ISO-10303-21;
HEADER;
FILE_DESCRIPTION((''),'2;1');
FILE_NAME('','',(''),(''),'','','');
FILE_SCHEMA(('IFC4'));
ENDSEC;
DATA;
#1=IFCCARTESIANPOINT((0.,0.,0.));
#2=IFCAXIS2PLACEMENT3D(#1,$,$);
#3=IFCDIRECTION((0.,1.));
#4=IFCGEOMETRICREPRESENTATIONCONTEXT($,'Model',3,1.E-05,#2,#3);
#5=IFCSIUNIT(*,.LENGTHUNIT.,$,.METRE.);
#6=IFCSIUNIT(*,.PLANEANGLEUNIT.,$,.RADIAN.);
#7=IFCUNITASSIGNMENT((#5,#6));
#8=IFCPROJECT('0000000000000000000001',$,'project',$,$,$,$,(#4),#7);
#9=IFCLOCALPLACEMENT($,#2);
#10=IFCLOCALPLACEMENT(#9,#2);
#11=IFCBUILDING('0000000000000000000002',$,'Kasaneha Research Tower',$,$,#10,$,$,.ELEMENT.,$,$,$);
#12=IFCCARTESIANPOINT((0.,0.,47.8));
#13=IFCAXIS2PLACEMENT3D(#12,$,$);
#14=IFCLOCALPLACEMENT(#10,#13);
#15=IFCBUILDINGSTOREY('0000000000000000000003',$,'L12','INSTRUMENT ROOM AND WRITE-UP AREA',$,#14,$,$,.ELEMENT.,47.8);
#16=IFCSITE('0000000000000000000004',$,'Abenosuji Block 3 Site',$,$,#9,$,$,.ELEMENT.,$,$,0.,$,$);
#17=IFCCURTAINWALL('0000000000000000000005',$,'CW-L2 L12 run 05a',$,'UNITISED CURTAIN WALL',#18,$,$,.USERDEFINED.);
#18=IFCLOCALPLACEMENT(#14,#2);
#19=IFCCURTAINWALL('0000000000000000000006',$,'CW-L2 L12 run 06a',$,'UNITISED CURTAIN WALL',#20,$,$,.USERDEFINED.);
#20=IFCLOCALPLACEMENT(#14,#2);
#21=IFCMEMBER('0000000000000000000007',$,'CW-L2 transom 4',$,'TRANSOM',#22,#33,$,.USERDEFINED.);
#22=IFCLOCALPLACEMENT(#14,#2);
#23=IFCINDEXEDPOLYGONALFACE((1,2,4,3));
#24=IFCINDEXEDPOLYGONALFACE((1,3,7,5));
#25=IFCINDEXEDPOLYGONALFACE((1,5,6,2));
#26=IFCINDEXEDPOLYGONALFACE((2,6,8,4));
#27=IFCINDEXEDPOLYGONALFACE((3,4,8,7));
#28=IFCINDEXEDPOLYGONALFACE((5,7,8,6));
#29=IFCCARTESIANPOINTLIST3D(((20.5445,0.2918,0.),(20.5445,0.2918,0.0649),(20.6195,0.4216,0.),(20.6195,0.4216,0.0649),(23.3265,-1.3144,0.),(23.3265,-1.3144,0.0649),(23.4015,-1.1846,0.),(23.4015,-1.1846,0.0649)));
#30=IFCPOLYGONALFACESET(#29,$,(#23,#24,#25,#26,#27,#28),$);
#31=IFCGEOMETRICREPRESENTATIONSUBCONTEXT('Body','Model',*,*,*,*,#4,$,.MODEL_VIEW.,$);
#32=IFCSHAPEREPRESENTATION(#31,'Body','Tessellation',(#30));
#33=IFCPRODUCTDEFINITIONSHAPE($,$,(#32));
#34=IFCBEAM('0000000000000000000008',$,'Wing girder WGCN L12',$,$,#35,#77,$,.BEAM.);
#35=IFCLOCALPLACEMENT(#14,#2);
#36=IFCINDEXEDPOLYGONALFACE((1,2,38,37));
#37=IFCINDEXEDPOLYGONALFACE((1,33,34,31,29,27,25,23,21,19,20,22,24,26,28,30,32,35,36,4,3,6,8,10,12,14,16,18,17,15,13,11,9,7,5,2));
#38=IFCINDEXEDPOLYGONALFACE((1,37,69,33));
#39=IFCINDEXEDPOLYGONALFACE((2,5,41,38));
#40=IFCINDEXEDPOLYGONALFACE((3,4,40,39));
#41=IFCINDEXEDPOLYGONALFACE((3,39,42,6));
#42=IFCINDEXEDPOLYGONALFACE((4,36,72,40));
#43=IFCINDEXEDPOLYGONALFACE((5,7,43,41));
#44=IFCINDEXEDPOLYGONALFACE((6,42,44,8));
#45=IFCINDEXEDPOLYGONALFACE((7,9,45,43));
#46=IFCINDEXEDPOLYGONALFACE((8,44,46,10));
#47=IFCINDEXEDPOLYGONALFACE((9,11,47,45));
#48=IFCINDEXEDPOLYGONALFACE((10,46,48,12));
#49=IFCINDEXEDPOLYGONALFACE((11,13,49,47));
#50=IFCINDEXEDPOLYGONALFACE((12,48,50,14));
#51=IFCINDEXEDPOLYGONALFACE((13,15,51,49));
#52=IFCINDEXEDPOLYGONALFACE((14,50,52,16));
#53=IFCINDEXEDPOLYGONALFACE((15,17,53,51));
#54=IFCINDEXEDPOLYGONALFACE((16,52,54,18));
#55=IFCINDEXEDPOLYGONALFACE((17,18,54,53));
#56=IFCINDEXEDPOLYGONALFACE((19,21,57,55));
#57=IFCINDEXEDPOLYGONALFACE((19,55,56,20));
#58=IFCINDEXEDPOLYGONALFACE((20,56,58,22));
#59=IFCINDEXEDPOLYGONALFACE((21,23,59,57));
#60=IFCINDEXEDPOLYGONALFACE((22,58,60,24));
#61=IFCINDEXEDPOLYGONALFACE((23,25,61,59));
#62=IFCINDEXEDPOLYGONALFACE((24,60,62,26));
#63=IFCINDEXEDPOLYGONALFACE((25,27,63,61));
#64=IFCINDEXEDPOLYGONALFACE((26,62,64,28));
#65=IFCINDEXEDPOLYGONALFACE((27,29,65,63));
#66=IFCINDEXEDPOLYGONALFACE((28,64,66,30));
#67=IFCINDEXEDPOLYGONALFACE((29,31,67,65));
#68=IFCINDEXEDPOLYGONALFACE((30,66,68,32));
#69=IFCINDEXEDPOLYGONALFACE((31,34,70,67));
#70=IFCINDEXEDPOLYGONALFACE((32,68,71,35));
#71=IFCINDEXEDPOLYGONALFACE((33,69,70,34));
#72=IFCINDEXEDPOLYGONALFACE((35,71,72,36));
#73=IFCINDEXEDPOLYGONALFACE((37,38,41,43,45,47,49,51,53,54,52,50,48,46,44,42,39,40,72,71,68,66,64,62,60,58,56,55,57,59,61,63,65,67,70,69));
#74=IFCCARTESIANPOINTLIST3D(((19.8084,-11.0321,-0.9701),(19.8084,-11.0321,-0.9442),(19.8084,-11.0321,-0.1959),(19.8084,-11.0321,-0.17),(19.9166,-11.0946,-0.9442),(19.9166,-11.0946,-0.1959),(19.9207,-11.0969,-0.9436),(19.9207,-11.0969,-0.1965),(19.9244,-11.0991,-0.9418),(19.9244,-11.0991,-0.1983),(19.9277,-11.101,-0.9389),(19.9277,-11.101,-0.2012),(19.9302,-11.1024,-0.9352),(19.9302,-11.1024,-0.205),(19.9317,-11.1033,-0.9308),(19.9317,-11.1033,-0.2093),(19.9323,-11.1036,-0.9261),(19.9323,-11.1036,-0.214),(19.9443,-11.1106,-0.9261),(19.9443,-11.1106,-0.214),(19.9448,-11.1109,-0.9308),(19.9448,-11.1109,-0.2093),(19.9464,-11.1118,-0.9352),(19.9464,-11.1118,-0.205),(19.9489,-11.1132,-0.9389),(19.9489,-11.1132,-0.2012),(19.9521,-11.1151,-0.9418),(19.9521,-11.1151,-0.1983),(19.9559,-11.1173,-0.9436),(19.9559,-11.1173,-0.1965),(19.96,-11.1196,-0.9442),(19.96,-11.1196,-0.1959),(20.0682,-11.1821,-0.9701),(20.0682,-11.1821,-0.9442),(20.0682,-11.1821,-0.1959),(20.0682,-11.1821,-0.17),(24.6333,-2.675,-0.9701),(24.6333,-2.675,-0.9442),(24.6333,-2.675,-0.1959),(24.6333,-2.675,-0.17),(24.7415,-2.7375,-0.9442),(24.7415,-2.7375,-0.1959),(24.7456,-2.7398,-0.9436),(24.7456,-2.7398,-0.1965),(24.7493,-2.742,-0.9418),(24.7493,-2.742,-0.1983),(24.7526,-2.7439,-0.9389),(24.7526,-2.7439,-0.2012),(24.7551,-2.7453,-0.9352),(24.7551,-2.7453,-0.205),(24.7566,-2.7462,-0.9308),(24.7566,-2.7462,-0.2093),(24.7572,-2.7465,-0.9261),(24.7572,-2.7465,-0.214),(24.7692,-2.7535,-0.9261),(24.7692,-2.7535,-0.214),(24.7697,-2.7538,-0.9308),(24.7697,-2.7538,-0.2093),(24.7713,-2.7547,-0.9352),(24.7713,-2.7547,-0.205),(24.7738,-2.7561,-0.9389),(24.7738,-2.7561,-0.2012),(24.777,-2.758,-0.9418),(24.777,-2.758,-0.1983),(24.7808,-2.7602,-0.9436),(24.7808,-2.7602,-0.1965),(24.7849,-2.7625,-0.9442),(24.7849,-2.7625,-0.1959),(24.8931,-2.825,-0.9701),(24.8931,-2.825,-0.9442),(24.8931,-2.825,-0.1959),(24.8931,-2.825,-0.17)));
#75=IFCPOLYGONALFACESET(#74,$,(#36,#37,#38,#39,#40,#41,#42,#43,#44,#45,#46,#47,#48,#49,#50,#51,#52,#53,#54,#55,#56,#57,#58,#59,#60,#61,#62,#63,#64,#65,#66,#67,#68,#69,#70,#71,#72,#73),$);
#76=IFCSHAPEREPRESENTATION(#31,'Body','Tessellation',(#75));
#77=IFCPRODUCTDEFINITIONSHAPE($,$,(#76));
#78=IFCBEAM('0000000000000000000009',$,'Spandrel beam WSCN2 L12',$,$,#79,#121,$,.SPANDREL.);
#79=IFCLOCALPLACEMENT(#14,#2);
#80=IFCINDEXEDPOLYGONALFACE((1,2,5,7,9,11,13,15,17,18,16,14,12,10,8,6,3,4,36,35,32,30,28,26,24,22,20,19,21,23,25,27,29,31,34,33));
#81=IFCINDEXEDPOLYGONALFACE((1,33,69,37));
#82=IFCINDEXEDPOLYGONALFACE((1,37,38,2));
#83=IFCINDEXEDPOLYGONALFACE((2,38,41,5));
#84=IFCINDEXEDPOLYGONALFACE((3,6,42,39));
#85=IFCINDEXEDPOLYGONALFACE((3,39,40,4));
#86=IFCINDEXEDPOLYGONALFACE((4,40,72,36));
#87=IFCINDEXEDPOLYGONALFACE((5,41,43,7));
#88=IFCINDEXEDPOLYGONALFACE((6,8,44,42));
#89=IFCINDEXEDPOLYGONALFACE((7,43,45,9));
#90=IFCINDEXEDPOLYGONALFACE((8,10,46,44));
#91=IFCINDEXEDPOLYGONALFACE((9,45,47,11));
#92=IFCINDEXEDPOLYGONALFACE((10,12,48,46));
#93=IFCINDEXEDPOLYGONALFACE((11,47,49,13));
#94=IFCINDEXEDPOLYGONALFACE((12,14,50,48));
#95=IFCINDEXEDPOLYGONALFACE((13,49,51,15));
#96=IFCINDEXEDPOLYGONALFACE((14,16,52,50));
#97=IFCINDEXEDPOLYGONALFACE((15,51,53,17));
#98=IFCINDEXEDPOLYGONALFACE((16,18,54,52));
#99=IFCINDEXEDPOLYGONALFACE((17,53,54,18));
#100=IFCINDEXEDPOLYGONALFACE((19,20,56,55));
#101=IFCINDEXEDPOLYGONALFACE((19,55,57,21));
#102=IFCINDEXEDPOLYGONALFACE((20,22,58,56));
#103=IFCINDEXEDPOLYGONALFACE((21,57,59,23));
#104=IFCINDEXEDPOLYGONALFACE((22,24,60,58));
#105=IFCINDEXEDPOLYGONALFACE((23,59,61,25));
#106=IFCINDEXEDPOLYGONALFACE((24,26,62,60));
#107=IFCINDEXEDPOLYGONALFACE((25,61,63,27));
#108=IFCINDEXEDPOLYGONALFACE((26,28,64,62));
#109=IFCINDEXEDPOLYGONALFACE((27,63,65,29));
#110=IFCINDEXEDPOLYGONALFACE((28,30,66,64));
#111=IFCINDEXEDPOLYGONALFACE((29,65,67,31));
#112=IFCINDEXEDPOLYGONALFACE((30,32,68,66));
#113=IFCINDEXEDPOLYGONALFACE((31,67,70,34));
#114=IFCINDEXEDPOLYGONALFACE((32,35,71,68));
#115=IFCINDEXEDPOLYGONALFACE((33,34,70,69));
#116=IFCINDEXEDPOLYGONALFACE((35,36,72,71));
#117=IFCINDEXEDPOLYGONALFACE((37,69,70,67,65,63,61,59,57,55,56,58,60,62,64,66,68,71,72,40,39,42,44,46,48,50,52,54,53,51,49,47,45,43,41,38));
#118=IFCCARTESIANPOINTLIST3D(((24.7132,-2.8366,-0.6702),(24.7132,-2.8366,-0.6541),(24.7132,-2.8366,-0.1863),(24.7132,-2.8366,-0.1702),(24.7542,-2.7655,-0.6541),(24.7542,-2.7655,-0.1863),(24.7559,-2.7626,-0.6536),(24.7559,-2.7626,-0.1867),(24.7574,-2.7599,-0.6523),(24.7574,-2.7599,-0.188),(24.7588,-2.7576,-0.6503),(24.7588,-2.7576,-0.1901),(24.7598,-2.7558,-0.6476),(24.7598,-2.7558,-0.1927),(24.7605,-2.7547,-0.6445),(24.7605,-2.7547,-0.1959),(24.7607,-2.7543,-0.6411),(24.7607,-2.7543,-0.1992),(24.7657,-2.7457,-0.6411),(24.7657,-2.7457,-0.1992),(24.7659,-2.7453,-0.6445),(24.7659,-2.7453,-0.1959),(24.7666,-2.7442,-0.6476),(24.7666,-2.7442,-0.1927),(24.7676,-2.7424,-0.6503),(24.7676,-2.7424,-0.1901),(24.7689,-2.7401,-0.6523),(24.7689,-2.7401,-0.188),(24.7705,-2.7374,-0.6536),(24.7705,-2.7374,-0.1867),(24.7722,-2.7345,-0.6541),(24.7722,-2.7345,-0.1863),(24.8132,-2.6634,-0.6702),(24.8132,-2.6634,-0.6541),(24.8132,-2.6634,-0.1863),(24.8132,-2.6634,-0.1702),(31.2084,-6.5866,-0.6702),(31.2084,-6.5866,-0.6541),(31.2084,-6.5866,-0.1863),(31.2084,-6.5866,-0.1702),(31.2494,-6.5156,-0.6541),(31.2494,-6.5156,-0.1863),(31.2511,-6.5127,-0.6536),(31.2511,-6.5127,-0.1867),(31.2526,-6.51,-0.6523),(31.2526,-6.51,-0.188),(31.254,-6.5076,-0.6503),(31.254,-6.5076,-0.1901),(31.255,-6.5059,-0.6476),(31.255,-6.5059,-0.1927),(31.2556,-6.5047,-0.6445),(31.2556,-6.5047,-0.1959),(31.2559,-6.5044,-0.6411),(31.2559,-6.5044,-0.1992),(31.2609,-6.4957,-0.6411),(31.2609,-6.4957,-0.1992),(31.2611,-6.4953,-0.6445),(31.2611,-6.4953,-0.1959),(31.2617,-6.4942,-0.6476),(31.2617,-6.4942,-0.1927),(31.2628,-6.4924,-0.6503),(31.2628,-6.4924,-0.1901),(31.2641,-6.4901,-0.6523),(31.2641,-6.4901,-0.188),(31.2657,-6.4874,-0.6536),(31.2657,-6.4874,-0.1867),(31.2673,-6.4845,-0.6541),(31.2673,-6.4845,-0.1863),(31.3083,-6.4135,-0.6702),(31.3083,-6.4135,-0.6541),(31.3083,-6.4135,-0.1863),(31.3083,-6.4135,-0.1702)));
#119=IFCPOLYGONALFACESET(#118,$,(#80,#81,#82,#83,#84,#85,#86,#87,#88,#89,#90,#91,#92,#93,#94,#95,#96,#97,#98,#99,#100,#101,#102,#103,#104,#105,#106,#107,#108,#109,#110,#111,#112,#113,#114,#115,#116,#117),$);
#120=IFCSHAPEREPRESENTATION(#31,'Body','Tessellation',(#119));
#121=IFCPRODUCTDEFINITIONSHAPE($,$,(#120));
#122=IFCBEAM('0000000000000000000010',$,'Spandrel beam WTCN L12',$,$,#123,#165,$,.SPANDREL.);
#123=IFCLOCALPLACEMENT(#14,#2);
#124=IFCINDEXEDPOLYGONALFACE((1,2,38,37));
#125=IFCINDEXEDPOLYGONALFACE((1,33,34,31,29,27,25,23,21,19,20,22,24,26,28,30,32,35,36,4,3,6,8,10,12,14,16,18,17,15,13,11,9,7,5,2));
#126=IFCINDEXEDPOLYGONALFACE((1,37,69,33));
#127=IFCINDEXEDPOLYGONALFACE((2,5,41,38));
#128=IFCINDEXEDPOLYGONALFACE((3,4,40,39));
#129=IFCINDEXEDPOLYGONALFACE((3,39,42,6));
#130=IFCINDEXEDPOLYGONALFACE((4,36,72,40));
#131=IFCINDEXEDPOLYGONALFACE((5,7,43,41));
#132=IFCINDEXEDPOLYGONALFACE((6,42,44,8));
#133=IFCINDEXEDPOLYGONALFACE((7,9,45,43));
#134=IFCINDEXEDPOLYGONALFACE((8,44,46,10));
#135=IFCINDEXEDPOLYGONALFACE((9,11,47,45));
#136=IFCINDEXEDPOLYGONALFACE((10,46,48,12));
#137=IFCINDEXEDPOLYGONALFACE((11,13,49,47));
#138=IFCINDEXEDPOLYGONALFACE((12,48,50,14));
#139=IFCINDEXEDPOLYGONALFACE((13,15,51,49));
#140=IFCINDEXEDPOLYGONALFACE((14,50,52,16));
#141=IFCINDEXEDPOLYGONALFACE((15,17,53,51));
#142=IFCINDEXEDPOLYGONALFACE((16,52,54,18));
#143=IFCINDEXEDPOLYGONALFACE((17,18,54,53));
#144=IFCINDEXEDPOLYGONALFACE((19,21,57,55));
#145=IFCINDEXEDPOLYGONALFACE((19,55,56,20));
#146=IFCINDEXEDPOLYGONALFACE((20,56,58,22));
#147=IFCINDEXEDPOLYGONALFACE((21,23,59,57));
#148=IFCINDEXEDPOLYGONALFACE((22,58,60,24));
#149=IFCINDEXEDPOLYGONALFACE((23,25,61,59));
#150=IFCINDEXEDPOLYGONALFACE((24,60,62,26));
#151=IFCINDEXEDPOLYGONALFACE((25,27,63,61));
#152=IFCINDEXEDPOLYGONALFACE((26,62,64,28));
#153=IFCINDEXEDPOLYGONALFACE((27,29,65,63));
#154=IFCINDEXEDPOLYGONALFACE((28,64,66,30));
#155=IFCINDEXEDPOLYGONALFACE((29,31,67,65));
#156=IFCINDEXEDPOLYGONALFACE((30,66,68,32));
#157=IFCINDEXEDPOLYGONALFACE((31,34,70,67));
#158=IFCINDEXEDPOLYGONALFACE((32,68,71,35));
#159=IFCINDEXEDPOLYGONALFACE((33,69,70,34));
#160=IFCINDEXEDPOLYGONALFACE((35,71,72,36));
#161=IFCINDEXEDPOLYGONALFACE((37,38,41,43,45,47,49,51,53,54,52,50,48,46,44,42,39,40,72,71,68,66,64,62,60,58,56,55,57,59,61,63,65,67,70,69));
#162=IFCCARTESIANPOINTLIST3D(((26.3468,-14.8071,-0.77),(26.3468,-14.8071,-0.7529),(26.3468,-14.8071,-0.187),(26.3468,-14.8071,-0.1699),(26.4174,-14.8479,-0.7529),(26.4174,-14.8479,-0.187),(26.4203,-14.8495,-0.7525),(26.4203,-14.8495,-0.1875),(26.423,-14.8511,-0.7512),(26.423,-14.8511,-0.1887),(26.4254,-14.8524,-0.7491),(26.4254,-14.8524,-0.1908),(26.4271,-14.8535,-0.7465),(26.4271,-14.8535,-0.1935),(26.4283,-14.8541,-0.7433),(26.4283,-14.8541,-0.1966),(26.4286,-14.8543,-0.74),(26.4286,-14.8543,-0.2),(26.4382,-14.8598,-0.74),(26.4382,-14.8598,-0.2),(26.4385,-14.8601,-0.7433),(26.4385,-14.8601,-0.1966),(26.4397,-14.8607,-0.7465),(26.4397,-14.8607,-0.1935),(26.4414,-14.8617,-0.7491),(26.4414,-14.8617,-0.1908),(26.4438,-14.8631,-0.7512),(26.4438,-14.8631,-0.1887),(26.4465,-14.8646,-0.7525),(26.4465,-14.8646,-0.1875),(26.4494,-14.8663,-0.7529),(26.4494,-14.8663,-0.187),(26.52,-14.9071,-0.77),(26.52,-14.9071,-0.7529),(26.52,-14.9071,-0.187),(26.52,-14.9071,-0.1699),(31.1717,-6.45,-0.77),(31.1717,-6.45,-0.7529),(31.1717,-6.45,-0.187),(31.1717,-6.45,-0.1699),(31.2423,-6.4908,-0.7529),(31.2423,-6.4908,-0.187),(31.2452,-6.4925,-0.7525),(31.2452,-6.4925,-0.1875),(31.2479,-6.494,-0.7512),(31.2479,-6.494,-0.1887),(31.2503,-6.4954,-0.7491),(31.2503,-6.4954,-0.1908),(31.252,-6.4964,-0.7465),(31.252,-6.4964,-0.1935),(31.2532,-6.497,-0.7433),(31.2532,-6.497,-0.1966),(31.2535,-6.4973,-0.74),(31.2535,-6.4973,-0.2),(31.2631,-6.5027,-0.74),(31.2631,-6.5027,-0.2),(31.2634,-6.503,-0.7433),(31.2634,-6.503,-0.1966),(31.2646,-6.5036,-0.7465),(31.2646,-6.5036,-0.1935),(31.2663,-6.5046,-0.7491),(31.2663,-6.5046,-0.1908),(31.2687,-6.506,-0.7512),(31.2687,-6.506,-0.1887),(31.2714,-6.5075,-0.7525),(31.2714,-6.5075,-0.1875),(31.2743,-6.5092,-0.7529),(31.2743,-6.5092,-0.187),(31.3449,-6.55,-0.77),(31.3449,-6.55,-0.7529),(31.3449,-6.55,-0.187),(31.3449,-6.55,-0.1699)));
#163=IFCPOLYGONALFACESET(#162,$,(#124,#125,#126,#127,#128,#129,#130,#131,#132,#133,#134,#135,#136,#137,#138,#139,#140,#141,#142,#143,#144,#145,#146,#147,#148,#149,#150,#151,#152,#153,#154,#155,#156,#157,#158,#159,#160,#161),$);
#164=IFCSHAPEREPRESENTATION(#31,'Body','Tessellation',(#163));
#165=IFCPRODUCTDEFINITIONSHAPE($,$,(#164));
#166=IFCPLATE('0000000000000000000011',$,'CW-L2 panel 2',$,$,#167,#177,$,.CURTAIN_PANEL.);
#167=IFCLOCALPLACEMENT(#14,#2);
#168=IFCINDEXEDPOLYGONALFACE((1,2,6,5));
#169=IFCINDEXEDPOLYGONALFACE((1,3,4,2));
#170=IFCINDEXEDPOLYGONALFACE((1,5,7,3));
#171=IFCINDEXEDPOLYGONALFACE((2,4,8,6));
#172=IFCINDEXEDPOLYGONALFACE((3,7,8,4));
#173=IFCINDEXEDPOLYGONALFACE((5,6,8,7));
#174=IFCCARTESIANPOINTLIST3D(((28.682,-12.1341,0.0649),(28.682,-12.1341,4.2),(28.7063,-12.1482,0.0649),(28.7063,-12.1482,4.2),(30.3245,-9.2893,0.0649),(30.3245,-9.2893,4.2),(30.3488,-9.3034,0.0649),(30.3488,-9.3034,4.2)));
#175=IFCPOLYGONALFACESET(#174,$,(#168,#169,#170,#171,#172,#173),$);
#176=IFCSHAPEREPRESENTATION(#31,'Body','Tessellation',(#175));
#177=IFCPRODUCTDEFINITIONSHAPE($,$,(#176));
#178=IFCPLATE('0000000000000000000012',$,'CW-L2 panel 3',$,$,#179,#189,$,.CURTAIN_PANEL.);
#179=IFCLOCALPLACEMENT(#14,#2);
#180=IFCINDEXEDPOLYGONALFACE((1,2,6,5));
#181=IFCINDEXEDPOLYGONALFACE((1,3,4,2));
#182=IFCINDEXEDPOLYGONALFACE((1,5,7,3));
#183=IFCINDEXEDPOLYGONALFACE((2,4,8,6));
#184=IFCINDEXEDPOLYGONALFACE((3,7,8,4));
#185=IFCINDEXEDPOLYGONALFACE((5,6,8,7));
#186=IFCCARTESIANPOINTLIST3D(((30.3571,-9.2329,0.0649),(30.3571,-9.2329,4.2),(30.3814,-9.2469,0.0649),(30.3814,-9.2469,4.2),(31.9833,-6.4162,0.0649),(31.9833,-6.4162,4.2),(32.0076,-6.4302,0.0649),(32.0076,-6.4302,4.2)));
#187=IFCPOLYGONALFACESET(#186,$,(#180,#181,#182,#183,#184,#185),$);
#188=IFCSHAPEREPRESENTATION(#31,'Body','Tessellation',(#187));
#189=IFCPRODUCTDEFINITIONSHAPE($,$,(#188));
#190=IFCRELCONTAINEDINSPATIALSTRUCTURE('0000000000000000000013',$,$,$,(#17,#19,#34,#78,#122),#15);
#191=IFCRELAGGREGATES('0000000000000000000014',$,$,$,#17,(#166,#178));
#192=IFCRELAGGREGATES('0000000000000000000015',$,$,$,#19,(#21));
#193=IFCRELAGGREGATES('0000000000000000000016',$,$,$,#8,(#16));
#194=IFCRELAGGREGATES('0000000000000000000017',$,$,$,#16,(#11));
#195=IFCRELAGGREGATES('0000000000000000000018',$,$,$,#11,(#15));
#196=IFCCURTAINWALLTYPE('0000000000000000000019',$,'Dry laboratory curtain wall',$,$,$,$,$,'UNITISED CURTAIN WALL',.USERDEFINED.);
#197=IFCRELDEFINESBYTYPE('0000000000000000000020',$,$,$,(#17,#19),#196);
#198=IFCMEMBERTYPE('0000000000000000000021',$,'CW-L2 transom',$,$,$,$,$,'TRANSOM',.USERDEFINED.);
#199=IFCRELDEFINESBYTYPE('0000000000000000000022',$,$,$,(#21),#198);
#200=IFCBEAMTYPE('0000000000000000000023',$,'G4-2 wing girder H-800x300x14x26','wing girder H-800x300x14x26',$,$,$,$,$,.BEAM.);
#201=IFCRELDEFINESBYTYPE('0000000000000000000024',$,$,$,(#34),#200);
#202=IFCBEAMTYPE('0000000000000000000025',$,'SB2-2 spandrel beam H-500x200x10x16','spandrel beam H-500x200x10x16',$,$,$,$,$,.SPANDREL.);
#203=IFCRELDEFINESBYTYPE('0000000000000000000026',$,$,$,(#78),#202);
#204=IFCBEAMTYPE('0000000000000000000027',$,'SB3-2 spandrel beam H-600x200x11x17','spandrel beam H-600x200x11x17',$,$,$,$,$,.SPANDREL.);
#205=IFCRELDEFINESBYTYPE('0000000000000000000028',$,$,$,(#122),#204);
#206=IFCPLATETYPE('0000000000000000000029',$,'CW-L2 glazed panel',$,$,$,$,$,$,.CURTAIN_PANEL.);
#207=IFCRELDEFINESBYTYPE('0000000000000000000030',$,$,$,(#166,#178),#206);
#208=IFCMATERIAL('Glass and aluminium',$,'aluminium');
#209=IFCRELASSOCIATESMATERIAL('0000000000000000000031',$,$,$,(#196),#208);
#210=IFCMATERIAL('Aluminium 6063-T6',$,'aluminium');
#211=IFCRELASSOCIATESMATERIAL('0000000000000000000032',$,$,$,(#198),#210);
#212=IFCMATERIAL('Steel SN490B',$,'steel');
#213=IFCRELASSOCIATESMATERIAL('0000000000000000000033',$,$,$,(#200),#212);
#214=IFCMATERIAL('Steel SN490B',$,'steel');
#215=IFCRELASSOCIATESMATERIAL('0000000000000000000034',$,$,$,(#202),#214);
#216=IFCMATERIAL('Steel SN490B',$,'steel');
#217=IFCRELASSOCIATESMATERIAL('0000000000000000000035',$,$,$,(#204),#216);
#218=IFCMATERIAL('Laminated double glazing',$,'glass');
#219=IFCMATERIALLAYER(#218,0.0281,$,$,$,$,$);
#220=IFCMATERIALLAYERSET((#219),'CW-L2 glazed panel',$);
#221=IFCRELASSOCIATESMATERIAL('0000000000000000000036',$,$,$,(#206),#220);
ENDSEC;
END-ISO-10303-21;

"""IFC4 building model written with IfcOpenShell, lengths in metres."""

from ifc_helpers import new_model, si_unit, direction, frame, origin, origin_2d, place, context, subcontext, project, spatial, rectangle, i_section, extrude, material, layer, layer_set, material_profile, profile_set, type_object, element, aggregate, save


model = new_model("IFC4")

# Units and contexts
model_context = context("Model", 3, precision=1e-05, world=origin(), true_north=direction((0.0, 1.0)))
body_context = subcontext(model_context, "Body", "Model", "MODEL_VIEW")
ifc_project = project(units=[si_unit("LENGTHUNIT", "METRE"), si_unit("PLANEANGLEUNIT", "RADIAN")], contexts=[model_context])

# Site, building, storey
site_placement = place(None, origin())
site = spatial("IfcSite", under=ifc_project, at=site_placement, Name="Abenosuji Block 3 Site", CompositionType="ELEMENT", RefElevation=0.0)
building_placement = place(site_placement, origin())
building = spatial("IfcBuilding", under=site, at=building_placement, Name="Kasaneha Research Tower", CompositionType="ELEMENT")
storey_placement = place(building_placement, frame((0.0, 0.0, 47.8)))
storey = spatial("IfcBuildingStorey", under=building, at=storey_placement, Name="L12", Description="INSTRUMENT ROOM AND WRITE-UP AREA", CompositionType="ELEMENT", Elevation=47.8)

# Curtain walls
ifc_material_1 = material(Name="Glass and aluminium", Category="aluminium")
curtain_wall_type = type_object("IfcCurtainWallType", Name="Dry laboratory curtain wall", ElementType="UNITISED CURTAIN WALL", PredefinedType="USERDEFINED", material=ifc_material_1)
curtain_wall_1_placement = place(storey_placement, origin())
curtain_wall_1 = element("IfcCurtainWall", 1, at=curtain_wall_1_placement, inside=storey, type_object=curtain_wall_type, Name="CW-L2 L12 run 05a", ObjectType="UNITISED CURTAIN WALL", PredefinedType="USERDEFINED")
curtain_wall_2_placement = place(storey_placement, origin())
curtain_wall_2 = element("IfcCurtainWall", 2, at=curtain_wall_2_placement, inside=storey, type_object=curtain_wall_type, Name="CW-L2 L12 run 06a", ObjectType="UNITISED CURTAIN WALL", PredefinedType="USERDEFINED")

# Member
ifc_material_2 = material(Name="Aluminium 6063-T6", Category="aluminium")
ifc_material_profile_1 = material_profile(ifc_material_2, rectangle(XDim=0.1499, YDim=0.0649, at=origin_2d()), Name="CW-L2 transom 150x65")
ifc_profile_set_1 = profile_set([ifc_material_profile_1], Name="Aluminium 6063-T6")
member_type_1 = type_object("IfcMemberType", Name="CW-L2 transom", ElementType="TRANSOM", PredefinedType="USERDEFINED", material=ifc_profile_set_1)
member_1_placement = place(storey_placement, frame((23.364, -1.2495, 0.0325), z_axis=(-0.866022, 0.500005, 0.0), x_axis=(-0.500005, -0.866022, 0.0)))
member_1 = element("IfcMember", 3, at=member_1_placement, type_object=member_type_1, Name="CW-L2 transom 4", ObjectType="TRANSOM", PredefinedType="USERDEFINED", context=body_context, shape_type="SweptSolid", body=[
    extrude(rectangle(XDim=0.1499, YDim=0.0649, at=origin_2d()), origin(), (0.0, 0.0, 1.0), 3.2124),
])

# Beams
ifc_material_3 = material(Name="Steel SN490B", Category="steel")
ifc_material_profile_2 = material_profile(ifc_material_3, i_section(OverallWidth=0.3, OverallDepth=0.8, WebThickness=0.0139, FlangeThickness=0.0259, FilletRadius=0.0181, at=origin_2d()), Name="H-800x300x14x26")
ifc_profile_set_2 = profile_set([ifc_material_profile_2], Name="Steel SN490B")
beam_type_1 = type_object("IfcBeamType", Name="G4-2 wing girder H-800x300x14x26", Description="wing girder H-800x300x14x26", PredefinedType="BEAM", material=ifc_profile_set_2)
beam_1_placement = place(storey_placement, frame((24.7632, -2.75, -0.5701), z_axis=(-0.499995, -0.866028, 0.0), x_axis=(0.866028, -0.499995, 0.0)))
element("IfcBeam", 4, at=beam_1_placement, inside=storey, type_object=beam_type_1, Name="Wing girder WGCN L12", PredefinedType="BEAM", context=body_context, shape_type="SweptSolid", body=[
    extrude(i_section(OverallWidth=0.3, OverallDepth=0.8, WebThickness=0.0139, FlangeThickness=0.0259, FilletRadius=0.0181, at=origin_2d()), origin(), (0.0, 0.0, 1.0), 9.6499),
])
ifc_material_4 = material(Name="Steel SN490B", Category="steel")
ifc_material_profile_3 = material_profile(ifc_material_4, i_section(OverallWidth=0.2, OverallDepth=0.5, WebThickness=0.01, FlangeThickness=0.0161, FilletRadius=0.0129, at=origin_2d()), Name="H-500x200x10x16")
ifc_profile_set_3 = profile_set([ifc_material_profile_3], Name="Steel SN490B")
beam_type_2 = type_object("IfcBeamType", Name="SB2-2 spandrel beam H-500x200x10x16", Description="spandrel beam H-500x200x10x16", PredefinedType="SPANDREL", material=ifc_profile_set_3)
beam_2_placement = place(storey_placement, frame((24.7632, -2.75, -0.4202), z_axis=(0.866023, -0.500004, 0.0), x_axis=(0.500004, 0.866023, 0.0)))
element("IfcBeam", 5, at=beam_2_placement, inside=storey, type_object=beam_type_2, Name="Spandrel beam WSCN2 L12", PredefinedType="SPANDREL", context=body_context, shape_type="SweptSolid", body=[
    extrude(i_section(OverallWidth=0.2, OverallDepth=0.5, WebThickness=0.01, FlangeThickness=0.0161, FilletRadius=0.0129, at=origin_2d()), origin(), (0.0, 0.0, 1.0), 7.5),
])
ifc_material_5 = material(Name="Steel SN490B", Category="steel")
ifc_material_profile_4 = material_profile(ifc_material_5, i_section(OverallWidth=0.2, OverallDepth=0.6001, WebThickness=0.011, FlangeThickness=0.0171, FilletRadius=0.0129, at=origin_2d()), Name="H-600x200x11x17")
ifc_profile_set_4 = profile_set([ifc_material_profile_4], Name="Steel SN490B")
beam_type_3 = type_object("IfcBeamType", Name="SB3-2 spandrel beam H-600x200x11x17", Description="spandrel beam H-600x200x11x17", PredefinedType="SPANDREL", material=ifc_profile_set_4)
beam_3_placement = place(storey_placement, frame((31.2583, -6.5, -0.47), z_axis=(-0.499995, -0.866028, 0.0), x_axis=(0.866028, -0.499995, 0.0)))
element("IfcBeam", 6, at=beam_3_placement, inside=storey, type_object=beam_type_3, Name="Spandrel beam WTCN L12", PredefinedType="SPANDREL", context=body_context, shape_type="SweptSolid", body=[
    extrude(i_section(OverallWidth=0.2, OverallDepth=0.6001, WebThickness=0.011, FlangeThickness=0.0171, FilletRadius=0.0129, at=origin_2d()), origin(), (0.0, 0.0, 1.0), 9.6499),
])

# Plates
ifc_material_6 = material(Name="Laminated double glazing", Category="glass")
ifc_layer_1 = layer(ifc_material_6, 0.0281)
ifc_layer_set_1 = layer_set([ifc_layer_1], Name="CW-L2 glazed panel")
plate_type = type_object("IfcPlateType", Name="CW-L2 glazed panel", PredefinedType="CURTAIN_PANEL", material=ifc_layer_set_1)
plate_1_placement = place(storey_placement, frame((29.5154, -10.7188, 0.0649), z_axis=(0.0, 0.0, 1.0), x_axis=(0.5, 0.866025, 0.0)))
plate_1 = element("IfcPlate", 7, at=plate_1_placement, type_object=plate_type, Name="CW-L2 panel 2", PredefinedType="CURTAIN_PANEL", context=body_context, shape_type="SweptSolid", body=[
    extrude(rectangle(XDim=3.2849, YDim=0.0281, at=origin_2d()), origin(), (0.0, 0.0, 1.0), 4.135),
])
plate_2_placement = place(storey_placement, frame((31.1824, -7.8315, 0.0649), z_axis=(0.0, 0.0, 1.0), x_axis=(0.5, 0.866025, 0.0)))
plate_2 = element("IfcPlate", 8, at=plate_2_placement, type_object=plate_type, Name="CW-L2 panel 3", PredefinedType="CURTAIN_PANEL", context=body_context, shape_type="SweptSolid", body=[
    extrude(rectangle(XDim=3.2524, YDim=0.0281, at=origin_2d()), origin(), (0.0, 0.0, 1.0), 4.135),
])
aggregate(curtain_wall_1, [plate_1, plate_2])
aggregate(curtain_wall_2, [member_1])

save(model, "model.ifc")
